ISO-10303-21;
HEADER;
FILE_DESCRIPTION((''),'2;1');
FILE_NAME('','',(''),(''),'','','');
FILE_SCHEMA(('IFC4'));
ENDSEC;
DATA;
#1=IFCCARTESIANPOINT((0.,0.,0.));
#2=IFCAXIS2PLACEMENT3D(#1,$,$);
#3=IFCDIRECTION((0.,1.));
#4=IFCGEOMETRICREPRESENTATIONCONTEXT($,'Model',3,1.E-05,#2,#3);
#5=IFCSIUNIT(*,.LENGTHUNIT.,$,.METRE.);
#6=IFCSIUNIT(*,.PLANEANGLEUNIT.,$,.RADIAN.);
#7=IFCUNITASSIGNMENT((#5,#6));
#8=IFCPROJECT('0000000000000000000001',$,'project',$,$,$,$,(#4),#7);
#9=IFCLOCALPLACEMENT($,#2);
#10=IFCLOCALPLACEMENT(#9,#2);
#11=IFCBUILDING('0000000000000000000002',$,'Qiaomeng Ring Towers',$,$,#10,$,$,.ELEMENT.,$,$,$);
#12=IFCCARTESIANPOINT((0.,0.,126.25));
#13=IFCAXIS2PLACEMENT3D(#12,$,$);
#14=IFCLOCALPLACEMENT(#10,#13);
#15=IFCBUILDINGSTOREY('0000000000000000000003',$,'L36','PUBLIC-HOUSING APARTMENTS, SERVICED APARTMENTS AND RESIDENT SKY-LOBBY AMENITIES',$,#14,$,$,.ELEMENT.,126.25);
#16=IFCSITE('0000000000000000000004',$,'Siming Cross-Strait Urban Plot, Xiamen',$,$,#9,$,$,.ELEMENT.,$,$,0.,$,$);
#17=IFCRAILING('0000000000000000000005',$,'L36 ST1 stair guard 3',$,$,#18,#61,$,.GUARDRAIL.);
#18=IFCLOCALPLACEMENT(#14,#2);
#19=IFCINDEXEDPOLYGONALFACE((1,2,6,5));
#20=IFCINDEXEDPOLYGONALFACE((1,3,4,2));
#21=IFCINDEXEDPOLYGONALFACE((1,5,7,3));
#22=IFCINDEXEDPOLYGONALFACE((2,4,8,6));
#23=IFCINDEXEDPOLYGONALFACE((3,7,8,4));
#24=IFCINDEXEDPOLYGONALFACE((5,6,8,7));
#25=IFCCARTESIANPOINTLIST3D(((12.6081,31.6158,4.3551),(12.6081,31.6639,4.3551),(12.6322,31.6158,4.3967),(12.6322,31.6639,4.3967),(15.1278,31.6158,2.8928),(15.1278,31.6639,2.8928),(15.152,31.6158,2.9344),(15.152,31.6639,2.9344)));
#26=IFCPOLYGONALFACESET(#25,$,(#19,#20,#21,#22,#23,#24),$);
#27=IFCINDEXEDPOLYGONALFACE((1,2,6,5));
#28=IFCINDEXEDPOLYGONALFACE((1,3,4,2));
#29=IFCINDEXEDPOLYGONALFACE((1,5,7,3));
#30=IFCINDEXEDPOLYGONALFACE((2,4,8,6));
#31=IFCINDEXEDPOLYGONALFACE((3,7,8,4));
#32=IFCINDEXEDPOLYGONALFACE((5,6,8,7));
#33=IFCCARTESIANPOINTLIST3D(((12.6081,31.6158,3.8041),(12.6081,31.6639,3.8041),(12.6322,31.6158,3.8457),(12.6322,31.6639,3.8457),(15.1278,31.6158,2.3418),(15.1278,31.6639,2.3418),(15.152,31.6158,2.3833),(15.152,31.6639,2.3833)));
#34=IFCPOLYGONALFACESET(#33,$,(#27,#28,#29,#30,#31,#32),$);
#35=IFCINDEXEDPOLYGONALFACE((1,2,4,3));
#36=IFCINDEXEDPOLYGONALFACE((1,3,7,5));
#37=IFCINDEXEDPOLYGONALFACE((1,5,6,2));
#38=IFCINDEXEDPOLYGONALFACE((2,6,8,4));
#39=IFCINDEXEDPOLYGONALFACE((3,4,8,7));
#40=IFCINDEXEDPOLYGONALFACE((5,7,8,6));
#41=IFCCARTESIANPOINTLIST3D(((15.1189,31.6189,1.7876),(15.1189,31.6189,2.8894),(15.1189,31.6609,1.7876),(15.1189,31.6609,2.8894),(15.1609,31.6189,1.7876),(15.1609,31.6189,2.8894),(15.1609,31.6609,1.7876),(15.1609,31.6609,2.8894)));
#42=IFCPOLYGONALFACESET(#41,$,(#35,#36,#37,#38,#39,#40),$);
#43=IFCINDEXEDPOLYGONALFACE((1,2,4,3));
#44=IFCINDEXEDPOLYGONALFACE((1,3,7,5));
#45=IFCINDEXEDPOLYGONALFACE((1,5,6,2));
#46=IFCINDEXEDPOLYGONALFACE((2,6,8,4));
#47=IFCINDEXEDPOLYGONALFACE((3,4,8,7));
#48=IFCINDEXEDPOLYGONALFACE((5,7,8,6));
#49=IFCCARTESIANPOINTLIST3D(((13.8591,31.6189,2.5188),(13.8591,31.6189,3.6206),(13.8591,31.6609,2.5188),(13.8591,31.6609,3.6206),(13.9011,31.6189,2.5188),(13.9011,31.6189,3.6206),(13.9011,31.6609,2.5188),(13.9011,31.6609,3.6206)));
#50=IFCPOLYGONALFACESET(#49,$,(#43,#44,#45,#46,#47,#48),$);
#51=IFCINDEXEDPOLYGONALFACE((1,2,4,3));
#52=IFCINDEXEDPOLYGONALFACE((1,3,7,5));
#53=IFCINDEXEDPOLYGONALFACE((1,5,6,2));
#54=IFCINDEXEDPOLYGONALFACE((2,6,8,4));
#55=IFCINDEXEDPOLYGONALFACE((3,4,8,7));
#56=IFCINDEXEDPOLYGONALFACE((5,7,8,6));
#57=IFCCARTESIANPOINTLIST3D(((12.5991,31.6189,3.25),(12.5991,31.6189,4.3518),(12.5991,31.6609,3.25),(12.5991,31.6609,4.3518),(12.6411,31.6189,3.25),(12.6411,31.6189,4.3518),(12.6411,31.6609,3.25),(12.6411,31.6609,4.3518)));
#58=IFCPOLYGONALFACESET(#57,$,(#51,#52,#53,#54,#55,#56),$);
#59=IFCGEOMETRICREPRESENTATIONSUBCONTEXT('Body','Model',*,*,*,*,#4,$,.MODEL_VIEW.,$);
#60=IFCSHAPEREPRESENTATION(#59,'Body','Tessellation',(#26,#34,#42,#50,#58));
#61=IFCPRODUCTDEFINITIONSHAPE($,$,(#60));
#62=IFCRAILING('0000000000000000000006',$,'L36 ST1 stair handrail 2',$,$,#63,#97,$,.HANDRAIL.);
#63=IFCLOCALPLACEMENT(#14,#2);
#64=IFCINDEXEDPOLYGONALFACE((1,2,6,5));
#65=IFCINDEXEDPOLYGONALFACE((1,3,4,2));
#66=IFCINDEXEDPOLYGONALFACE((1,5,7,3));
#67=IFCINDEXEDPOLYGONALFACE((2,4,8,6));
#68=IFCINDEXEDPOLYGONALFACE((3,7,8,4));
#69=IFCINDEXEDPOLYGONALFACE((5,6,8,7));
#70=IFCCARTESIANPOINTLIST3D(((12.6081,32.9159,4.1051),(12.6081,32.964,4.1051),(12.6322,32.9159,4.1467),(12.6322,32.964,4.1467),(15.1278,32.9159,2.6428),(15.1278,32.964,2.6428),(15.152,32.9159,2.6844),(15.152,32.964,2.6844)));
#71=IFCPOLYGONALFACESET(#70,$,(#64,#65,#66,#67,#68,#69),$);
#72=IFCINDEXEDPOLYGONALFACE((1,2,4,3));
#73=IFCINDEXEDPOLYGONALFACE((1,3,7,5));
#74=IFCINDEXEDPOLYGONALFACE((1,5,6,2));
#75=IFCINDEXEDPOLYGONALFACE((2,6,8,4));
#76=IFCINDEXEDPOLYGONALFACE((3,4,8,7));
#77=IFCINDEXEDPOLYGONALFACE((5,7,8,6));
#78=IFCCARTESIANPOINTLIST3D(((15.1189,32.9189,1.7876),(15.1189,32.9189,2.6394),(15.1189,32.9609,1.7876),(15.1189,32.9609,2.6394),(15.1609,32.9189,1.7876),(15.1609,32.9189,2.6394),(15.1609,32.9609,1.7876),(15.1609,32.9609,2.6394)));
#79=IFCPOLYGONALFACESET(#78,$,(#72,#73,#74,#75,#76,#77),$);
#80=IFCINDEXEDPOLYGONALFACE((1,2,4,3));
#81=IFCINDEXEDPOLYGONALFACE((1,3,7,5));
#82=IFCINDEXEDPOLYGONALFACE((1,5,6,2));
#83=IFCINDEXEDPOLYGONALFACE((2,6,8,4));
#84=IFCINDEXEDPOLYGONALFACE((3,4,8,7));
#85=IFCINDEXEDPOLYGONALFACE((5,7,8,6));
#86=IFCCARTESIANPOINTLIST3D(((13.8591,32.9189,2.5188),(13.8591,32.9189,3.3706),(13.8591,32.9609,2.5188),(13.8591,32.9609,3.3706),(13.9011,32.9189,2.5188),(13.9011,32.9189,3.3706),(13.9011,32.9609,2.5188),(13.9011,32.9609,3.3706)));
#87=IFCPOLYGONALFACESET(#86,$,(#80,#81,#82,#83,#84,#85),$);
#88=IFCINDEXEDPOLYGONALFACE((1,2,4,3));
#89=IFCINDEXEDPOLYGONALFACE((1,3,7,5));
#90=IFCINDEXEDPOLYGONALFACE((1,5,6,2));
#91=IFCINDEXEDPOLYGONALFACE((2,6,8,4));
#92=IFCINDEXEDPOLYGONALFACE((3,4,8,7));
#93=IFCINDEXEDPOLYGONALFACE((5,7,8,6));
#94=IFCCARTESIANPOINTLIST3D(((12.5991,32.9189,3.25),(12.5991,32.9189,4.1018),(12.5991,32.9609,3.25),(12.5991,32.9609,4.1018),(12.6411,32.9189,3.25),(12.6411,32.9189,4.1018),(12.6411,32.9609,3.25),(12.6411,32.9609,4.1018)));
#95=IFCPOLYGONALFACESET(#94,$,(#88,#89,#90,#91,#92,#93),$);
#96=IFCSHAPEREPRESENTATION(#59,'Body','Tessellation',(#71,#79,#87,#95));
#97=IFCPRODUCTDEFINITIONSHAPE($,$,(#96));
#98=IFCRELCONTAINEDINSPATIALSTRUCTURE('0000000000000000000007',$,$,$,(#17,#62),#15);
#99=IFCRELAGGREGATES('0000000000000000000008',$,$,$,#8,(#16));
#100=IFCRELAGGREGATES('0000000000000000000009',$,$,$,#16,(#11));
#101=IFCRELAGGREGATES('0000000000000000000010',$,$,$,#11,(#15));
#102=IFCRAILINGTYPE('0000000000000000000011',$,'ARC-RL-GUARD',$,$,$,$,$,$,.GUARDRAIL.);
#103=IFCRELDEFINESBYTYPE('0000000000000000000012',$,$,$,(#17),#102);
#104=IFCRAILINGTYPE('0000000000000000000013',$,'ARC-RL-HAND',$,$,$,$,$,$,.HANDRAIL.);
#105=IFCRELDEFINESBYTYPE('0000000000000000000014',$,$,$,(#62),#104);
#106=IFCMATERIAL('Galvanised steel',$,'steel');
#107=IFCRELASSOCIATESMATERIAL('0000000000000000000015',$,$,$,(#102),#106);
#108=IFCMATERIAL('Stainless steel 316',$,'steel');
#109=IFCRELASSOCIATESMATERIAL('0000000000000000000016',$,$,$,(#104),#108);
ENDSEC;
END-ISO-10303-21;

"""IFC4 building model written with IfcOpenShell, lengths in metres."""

from ifc_helpers import new_model, si_unit, direction, frame, origin, origin_2d, place, context, subcontext, project, spatial, rectangle, extrude, material, type_object, element, save


model = new_model("IFC4")

# Units and contexts
model_context = context("Model", 3, precision=1e-05, world=origin(), true_north=direction((0.0, 1.0)))
body_context = subcontext(model_context, "Body", "Model", "MODEL_VIEW")
ifc_project = project(units=[si_unit("LENGTHUNIT", "METRE"), si_unit("PLANEANGLEUNIT", "RADIAN")], contexts=[model_context])

# Site, building, storey
site_placement = place(None, origin())
site = spatial("IfcSite", under=ifc_project, at=site_placement, Name="Siming Cross-Strait Urban Plot, Xiamen", CompositionType="ELEMENT", RefElevation=0.0)
building_placement = place(site_placement, origin())
building = spatial("IfcBuilding", under=site, at=building_placement, Name="Qiaomeng Ring Towers", CompositionType="ELEMENT")
storey_placement = place(building_placement, frame((0.0, 0.0, 126.25)))
storey = spatial("IfcBuildingStorey", under=building, at=storey_placement, Name="L36", Description="PUBLIC-HOUSING APARTMENTS, SERVICED APARTMENTS AND RESIDENT SKY-LOBBY AMENITIES", CompositionType="ELEMENT", Elevation=126.25)

# Shared definitions
ifc_material_1 = material(Name="Galvanised steel", Category="steel")

# Shared definitions
ifc_material_2 = material(Name="Stainless steel 316", Category="steel")

# Railings
railing_type_1 = type_object("IfcRailingType", Name="ARC-RL-GUARD", PredefinedType="GUARDRAIL", material=ifc_material_1)
railing_1_placement = place(storey_placement, frame((15.1399, 31.6399, 1.7876)))
element("IfcRailing", 1, at=railing_1_placement, inside=storey, type_object=railing_type_1, Name="L36 ST1 stair guard 3", PredefinedType="GUARDRAIL", context=body_context, shape_type="SweptSolid", body=[
    extrude(rectangle(XDim=0.0481, YDim=0.0481, at=origin_2d()), frame((0.0, 0.0, 1.126), z_axis=(-0.864892, 0.0, 0.501958), x_axis=(0.0, -1.0, 0.0)), (0.0, 0.0, 1.0), 2.9133),
    extrude(rectangle(XDim=0.0481, YDim=0.0481, at=origin_2d()), frame((0.0, 0.0, 0.575), z_axis=(-0.864892, 0.0, 0.501958), x_axis=(0.0, -1.0, 0.0)), (0.0, 0.0, 1.0), 2.9133),
    extrude(rectangle(XDim=0.042, YDim=0.042, at=origin_2d()), origin(), (0.0, 0.0, 1.0), 1.1018),
    extrude(rectangle(XDim=0.042, YDim=0.042, at=origin_2d()), frame((-1.2598, 0.0, 0.7312)), (0.0, 0.0, 1.0), 1.1018),
    extrude(rectangle(XDim=0.042, YDim=0.042, at=origin_2d()), frame((-2.5198, 0.0, 1.4624)), (0.0, 0.0, 1.0), 1.1018),
])
railing_type_2 = type_object("IfcRailingType", Name="ARC-RL-HAND", PredefinedType="HANDRAIL", material=ifc_material_2)
railing_2_placement = place(storey_placement, frame((15.1399, 32.9399, 1.7876)))
element("IfcRailing", 2, at=railing_2_placement, inside=storey, type_object=railing_type_2, Name="L36 ST1 stair handrail 2", PredefinedType="HANDRAIL", context=body_context, shape_type="SweptSolid", body=[
    extrude(rectangle(XDim=0.0481, YDim=0.0481, at=origin_2d()), frame((0.0, 0.0, 0.876), z_axis=(-0.864892, 0.0, 0.501958), x_axis=(0.0, -1.0, 0.0)), (0.0, 0.0, 1.0), 2.9133),
    extrude(rectangle(XDim=0.042, YDim=0.042, at=origin_2d()), origin(), (0.0, 0.0, 1.0), 0.8518),
    extrude(rectangle(XDim=0.042, YDim=0.042, at=origin_2d()), frame((-1.2598, 0.0, 0.7312)), (0.0, 0.0, 1.0), 0.8518),
    extrude(rectangle(XDim=0.042, YDim=0.042, at=origin_2d()), frame((-2.5198, 0.0, 1.4624)), (0.0, 0.0, 1.0), 0.8518),
])

save(model, "model.ifc")
